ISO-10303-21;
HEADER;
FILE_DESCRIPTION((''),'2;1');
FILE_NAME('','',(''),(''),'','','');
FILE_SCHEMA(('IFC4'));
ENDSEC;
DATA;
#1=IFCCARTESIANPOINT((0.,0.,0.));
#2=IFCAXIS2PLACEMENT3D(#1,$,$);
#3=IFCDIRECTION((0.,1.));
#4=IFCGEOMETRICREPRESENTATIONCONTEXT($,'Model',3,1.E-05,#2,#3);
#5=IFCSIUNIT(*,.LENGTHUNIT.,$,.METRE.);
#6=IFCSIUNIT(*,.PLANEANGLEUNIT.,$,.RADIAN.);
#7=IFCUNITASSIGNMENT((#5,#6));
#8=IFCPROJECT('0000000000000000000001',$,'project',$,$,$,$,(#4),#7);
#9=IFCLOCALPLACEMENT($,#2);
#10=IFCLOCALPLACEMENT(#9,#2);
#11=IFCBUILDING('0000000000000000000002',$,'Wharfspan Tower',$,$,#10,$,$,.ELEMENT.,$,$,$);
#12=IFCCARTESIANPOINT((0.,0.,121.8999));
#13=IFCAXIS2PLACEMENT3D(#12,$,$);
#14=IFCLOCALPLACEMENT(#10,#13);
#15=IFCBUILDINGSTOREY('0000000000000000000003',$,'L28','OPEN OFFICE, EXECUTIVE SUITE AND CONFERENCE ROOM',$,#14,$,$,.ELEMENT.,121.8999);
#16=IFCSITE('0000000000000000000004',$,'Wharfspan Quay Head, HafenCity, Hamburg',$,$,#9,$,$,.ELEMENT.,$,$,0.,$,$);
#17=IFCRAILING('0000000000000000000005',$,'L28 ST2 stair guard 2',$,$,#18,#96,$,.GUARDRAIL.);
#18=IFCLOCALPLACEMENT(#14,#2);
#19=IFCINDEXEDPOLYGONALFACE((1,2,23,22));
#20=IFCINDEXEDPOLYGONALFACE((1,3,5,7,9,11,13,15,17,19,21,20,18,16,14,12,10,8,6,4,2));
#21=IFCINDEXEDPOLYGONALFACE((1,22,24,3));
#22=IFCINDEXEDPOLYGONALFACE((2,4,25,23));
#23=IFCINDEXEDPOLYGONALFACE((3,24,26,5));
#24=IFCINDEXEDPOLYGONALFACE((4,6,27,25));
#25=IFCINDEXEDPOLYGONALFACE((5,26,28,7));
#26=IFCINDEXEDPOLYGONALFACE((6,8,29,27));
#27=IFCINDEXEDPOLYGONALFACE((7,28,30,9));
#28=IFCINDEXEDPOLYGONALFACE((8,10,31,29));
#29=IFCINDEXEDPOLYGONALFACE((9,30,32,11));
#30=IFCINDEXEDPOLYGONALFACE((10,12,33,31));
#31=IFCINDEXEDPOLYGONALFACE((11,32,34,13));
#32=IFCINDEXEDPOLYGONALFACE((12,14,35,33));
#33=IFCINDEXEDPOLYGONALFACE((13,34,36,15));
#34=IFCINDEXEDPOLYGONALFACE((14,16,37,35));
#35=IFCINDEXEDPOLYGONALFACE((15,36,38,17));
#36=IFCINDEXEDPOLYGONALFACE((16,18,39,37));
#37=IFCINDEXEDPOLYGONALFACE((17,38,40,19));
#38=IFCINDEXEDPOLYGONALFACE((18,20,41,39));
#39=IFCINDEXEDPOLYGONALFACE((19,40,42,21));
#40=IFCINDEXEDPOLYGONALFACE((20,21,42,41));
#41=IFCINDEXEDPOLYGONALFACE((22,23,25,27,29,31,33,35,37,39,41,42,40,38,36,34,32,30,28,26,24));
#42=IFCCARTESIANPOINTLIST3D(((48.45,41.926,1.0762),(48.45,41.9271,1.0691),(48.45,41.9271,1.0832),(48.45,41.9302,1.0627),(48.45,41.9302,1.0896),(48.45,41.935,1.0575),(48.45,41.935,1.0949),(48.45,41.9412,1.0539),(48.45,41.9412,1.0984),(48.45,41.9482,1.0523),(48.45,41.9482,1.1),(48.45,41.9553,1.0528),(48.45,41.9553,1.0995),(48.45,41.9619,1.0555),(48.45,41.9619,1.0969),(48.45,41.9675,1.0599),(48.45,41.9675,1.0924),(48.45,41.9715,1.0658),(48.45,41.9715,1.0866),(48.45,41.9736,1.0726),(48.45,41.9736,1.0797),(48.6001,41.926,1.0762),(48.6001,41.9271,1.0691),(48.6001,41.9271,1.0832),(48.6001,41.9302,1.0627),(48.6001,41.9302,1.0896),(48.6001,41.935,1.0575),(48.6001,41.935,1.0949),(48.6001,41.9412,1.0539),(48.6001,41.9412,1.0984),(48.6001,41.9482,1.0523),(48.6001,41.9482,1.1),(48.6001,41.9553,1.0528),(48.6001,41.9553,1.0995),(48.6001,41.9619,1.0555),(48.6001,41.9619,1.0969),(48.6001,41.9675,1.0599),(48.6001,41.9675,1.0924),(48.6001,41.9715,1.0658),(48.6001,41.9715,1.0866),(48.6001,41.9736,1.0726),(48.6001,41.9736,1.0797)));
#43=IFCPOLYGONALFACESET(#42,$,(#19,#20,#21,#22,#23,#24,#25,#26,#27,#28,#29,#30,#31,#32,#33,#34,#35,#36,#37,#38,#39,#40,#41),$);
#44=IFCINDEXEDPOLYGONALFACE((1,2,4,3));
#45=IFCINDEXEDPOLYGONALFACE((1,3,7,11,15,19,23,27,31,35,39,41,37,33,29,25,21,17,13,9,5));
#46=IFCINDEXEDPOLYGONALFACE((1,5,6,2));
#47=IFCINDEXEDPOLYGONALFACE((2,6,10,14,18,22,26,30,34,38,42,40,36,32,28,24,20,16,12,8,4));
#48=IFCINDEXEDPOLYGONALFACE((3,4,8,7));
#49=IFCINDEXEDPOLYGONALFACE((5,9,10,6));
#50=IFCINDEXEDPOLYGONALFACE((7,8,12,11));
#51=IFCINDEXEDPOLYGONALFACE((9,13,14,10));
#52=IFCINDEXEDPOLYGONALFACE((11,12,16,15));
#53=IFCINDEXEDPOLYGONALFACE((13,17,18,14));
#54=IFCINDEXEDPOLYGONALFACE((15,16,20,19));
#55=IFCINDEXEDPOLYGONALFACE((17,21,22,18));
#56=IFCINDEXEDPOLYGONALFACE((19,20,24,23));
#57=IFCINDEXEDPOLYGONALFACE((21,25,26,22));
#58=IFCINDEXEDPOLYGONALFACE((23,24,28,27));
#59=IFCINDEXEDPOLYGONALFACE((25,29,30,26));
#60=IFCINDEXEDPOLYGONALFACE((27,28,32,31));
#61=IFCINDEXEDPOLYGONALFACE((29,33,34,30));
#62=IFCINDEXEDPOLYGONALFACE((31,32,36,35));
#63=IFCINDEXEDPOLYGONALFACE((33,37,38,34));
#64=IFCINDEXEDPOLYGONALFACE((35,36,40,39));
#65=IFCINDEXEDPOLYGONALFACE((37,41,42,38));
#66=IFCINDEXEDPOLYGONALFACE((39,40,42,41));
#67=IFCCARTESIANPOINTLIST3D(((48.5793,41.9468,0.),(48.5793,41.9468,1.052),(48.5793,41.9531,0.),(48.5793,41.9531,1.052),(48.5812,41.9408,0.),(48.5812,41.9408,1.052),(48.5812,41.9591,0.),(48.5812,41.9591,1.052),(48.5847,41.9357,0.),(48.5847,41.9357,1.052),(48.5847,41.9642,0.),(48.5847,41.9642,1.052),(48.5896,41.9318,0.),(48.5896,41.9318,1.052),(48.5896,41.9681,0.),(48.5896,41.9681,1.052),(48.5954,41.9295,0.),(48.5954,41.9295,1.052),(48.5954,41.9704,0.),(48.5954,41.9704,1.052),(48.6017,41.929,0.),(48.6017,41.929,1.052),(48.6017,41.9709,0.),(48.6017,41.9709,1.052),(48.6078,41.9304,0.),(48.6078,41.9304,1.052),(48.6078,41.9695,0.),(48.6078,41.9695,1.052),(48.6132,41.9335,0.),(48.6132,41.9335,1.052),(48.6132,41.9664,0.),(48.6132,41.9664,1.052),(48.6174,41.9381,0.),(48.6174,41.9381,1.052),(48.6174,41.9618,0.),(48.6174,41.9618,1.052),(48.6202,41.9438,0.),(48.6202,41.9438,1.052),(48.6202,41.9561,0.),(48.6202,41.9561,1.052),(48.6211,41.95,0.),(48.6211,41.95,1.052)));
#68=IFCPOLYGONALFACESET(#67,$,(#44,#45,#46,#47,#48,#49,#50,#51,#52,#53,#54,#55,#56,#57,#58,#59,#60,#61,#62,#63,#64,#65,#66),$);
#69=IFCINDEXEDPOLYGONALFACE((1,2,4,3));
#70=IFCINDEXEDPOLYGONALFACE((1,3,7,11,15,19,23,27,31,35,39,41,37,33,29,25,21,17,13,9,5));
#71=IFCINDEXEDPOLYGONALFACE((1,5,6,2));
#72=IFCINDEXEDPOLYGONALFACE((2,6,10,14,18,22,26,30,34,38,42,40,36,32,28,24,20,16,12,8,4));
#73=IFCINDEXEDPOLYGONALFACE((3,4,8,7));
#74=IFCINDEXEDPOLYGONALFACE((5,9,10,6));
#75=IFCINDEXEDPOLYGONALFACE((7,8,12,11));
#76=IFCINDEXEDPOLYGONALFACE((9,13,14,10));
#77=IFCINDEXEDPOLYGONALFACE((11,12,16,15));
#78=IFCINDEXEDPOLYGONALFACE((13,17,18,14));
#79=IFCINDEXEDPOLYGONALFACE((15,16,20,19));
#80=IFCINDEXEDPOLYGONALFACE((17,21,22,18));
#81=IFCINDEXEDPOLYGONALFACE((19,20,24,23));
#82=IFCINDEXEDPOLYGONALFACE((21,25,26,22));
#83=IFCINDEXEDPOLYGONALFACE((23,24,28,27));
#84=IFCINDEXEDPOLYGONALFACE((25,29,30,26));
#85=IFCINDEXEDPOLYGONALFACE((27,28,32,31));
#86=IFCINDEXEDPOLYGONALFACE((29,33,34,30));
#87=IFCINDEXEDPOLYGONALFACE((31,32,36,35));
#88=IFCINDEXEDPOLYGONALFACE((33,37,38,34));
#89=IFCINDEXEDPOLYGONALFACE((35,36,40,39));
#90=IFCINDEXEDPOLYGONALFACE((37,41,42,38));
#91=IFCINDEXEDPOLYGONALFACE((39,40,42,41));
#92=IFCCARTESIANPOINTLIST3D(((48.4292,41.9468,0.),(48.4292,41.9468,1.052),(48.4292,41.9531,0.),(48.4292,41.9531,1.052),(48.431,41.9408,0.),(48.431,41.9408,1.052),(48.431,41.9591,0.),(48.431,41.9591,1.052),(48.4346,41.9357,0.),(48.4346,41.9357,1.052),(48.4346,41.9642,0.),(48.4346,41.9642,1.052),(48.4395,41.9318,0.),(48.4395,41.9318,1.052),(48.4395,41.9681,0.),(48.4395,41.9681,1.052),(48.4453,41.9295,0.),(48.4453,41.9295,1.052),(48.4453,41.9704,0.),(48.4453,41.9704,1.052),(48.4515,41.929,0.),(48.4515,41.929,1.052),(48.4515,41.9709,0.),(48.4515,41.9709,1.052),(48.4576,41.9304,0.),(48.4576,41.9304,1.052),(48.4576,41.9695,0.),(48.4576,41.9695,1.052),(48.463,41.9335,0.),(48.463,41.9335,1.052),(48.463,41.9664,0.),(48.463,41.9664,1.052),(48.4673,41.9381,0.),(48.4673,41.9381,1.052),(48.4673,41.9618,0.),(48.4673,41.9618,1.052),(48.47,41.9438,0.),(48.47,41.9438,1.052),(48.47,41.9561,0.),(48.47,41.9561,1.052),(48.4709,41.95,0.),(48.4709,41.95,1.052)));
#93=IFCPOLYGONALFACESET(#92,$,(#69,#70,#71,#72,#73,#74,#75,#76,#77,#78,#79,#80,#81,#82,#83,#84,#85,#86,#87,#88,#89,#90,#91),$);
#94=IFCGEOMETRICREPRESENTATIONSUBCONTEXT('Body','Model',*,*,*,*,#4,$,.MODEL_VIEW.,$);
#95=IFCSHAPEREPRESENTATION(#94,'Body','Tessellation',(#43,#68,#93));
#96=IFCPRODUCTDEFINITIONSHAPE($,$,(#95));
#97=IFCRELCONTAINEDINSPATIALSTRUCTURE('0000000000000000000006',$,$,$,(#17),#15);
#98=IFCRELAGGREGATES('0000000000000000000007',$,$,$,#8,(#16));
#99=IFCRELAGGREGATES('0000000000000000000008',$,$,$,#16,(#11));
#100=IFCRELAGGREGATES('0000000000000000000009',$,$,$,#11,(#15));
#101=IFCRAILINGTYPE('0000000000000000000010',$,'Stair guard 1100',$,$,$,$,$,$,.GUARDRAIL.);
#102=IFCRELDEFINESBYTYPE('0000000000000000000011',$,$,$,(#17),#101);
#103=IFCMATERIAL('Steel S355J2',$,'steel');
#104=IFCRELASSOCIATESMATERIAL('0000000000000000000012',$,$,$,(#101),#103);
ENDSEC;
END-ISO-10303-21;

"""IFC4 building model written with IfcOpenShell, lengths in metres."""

from ifc_helpers import new_model, si_unit, direction, frame, origin, origin_2d, place, context, subcontext, project, spatial, circle, extrude, material, type_object, element, save


model = new_model("IFC4")

# Units and contexts
model_context = context("Model", 3, precision=1e-05, world=origin(), true_north=direction((0.0, 1.0)))
body_context = subcontext(model_context, "Body", "Model", "MODEL_VIEW")
ifc_project = project(units=[si_unit("LENGTHUNIT", "METRE"), si_unit("PLANEANGLEUNIT", "RADIAN")], contexts=[model_context])

# Site, building, storey
site_placement = place(None, origin())
site = spatial("IfcSite", under=ifc_project, at=site_placement, Name="Wharfspan Quay Head, HafenCity, Hamburg", CompositionType="ELEMENT", RefElevation=0.0)
building_placement = place(site_placement, origin())
building = spatial("IfcBuilding", under=site, at=building_placement, Name="Wharfspan Tower", CompositionType="ELEMENT")
storey_placement = place(building_placement, frame((0.0, 0.0, 121.8999)))
storey = spatial("IfcBuildingStorey", under=building, at=storey_placement, Name="L28", Description="OPEN OFFICE, EXECUTIVE SUITE AND CONFERENCE ROOM", CompositionType="ELEMENT", Elevation=121.8999)

# Shared definitions
ifc_material_1 = material(Name="Steel S355J2", Category="steel")

# Railing
railing_type_1 = type_object("IfcRailingType", Name="Stair guard 1100", PredefinedType="GUARDRAIL", material=ifc_material_1)
railing_1_placement = place(storey_placement, frame((48.6001, 41.95, 0.0)))
element("IfcRailing", 1, at=railing_1_placement, inside=storey, type_object=railing_type_1, Name="L28 ST2 stair guard 2", PredefinedType="GUARDRAIL", context=body_context, shape_type="SweptSolid", body=[
    extrude(circle(Radius=0.0239, at=origin_2d()), frame((0.0, 0.0, 1.0762), z_axis=(-1.0, 0.0, 0.0), x_axis=(0.0, -1.0, 0.0)), (0.0, 0.0, 1.0), 0.1501),
    extrude(circle(Radius=0.021, at=origin_2d()), origin(), (0.0, 0.0, 1.0), 1.052),
    extrude(circle(Radius=0.021, at=origin_2d()), frame((-0.1501, 0.0, 0.0)), (0.0, 0.0, 1.0), 1.052),
])

save(model, "model.ifc")
